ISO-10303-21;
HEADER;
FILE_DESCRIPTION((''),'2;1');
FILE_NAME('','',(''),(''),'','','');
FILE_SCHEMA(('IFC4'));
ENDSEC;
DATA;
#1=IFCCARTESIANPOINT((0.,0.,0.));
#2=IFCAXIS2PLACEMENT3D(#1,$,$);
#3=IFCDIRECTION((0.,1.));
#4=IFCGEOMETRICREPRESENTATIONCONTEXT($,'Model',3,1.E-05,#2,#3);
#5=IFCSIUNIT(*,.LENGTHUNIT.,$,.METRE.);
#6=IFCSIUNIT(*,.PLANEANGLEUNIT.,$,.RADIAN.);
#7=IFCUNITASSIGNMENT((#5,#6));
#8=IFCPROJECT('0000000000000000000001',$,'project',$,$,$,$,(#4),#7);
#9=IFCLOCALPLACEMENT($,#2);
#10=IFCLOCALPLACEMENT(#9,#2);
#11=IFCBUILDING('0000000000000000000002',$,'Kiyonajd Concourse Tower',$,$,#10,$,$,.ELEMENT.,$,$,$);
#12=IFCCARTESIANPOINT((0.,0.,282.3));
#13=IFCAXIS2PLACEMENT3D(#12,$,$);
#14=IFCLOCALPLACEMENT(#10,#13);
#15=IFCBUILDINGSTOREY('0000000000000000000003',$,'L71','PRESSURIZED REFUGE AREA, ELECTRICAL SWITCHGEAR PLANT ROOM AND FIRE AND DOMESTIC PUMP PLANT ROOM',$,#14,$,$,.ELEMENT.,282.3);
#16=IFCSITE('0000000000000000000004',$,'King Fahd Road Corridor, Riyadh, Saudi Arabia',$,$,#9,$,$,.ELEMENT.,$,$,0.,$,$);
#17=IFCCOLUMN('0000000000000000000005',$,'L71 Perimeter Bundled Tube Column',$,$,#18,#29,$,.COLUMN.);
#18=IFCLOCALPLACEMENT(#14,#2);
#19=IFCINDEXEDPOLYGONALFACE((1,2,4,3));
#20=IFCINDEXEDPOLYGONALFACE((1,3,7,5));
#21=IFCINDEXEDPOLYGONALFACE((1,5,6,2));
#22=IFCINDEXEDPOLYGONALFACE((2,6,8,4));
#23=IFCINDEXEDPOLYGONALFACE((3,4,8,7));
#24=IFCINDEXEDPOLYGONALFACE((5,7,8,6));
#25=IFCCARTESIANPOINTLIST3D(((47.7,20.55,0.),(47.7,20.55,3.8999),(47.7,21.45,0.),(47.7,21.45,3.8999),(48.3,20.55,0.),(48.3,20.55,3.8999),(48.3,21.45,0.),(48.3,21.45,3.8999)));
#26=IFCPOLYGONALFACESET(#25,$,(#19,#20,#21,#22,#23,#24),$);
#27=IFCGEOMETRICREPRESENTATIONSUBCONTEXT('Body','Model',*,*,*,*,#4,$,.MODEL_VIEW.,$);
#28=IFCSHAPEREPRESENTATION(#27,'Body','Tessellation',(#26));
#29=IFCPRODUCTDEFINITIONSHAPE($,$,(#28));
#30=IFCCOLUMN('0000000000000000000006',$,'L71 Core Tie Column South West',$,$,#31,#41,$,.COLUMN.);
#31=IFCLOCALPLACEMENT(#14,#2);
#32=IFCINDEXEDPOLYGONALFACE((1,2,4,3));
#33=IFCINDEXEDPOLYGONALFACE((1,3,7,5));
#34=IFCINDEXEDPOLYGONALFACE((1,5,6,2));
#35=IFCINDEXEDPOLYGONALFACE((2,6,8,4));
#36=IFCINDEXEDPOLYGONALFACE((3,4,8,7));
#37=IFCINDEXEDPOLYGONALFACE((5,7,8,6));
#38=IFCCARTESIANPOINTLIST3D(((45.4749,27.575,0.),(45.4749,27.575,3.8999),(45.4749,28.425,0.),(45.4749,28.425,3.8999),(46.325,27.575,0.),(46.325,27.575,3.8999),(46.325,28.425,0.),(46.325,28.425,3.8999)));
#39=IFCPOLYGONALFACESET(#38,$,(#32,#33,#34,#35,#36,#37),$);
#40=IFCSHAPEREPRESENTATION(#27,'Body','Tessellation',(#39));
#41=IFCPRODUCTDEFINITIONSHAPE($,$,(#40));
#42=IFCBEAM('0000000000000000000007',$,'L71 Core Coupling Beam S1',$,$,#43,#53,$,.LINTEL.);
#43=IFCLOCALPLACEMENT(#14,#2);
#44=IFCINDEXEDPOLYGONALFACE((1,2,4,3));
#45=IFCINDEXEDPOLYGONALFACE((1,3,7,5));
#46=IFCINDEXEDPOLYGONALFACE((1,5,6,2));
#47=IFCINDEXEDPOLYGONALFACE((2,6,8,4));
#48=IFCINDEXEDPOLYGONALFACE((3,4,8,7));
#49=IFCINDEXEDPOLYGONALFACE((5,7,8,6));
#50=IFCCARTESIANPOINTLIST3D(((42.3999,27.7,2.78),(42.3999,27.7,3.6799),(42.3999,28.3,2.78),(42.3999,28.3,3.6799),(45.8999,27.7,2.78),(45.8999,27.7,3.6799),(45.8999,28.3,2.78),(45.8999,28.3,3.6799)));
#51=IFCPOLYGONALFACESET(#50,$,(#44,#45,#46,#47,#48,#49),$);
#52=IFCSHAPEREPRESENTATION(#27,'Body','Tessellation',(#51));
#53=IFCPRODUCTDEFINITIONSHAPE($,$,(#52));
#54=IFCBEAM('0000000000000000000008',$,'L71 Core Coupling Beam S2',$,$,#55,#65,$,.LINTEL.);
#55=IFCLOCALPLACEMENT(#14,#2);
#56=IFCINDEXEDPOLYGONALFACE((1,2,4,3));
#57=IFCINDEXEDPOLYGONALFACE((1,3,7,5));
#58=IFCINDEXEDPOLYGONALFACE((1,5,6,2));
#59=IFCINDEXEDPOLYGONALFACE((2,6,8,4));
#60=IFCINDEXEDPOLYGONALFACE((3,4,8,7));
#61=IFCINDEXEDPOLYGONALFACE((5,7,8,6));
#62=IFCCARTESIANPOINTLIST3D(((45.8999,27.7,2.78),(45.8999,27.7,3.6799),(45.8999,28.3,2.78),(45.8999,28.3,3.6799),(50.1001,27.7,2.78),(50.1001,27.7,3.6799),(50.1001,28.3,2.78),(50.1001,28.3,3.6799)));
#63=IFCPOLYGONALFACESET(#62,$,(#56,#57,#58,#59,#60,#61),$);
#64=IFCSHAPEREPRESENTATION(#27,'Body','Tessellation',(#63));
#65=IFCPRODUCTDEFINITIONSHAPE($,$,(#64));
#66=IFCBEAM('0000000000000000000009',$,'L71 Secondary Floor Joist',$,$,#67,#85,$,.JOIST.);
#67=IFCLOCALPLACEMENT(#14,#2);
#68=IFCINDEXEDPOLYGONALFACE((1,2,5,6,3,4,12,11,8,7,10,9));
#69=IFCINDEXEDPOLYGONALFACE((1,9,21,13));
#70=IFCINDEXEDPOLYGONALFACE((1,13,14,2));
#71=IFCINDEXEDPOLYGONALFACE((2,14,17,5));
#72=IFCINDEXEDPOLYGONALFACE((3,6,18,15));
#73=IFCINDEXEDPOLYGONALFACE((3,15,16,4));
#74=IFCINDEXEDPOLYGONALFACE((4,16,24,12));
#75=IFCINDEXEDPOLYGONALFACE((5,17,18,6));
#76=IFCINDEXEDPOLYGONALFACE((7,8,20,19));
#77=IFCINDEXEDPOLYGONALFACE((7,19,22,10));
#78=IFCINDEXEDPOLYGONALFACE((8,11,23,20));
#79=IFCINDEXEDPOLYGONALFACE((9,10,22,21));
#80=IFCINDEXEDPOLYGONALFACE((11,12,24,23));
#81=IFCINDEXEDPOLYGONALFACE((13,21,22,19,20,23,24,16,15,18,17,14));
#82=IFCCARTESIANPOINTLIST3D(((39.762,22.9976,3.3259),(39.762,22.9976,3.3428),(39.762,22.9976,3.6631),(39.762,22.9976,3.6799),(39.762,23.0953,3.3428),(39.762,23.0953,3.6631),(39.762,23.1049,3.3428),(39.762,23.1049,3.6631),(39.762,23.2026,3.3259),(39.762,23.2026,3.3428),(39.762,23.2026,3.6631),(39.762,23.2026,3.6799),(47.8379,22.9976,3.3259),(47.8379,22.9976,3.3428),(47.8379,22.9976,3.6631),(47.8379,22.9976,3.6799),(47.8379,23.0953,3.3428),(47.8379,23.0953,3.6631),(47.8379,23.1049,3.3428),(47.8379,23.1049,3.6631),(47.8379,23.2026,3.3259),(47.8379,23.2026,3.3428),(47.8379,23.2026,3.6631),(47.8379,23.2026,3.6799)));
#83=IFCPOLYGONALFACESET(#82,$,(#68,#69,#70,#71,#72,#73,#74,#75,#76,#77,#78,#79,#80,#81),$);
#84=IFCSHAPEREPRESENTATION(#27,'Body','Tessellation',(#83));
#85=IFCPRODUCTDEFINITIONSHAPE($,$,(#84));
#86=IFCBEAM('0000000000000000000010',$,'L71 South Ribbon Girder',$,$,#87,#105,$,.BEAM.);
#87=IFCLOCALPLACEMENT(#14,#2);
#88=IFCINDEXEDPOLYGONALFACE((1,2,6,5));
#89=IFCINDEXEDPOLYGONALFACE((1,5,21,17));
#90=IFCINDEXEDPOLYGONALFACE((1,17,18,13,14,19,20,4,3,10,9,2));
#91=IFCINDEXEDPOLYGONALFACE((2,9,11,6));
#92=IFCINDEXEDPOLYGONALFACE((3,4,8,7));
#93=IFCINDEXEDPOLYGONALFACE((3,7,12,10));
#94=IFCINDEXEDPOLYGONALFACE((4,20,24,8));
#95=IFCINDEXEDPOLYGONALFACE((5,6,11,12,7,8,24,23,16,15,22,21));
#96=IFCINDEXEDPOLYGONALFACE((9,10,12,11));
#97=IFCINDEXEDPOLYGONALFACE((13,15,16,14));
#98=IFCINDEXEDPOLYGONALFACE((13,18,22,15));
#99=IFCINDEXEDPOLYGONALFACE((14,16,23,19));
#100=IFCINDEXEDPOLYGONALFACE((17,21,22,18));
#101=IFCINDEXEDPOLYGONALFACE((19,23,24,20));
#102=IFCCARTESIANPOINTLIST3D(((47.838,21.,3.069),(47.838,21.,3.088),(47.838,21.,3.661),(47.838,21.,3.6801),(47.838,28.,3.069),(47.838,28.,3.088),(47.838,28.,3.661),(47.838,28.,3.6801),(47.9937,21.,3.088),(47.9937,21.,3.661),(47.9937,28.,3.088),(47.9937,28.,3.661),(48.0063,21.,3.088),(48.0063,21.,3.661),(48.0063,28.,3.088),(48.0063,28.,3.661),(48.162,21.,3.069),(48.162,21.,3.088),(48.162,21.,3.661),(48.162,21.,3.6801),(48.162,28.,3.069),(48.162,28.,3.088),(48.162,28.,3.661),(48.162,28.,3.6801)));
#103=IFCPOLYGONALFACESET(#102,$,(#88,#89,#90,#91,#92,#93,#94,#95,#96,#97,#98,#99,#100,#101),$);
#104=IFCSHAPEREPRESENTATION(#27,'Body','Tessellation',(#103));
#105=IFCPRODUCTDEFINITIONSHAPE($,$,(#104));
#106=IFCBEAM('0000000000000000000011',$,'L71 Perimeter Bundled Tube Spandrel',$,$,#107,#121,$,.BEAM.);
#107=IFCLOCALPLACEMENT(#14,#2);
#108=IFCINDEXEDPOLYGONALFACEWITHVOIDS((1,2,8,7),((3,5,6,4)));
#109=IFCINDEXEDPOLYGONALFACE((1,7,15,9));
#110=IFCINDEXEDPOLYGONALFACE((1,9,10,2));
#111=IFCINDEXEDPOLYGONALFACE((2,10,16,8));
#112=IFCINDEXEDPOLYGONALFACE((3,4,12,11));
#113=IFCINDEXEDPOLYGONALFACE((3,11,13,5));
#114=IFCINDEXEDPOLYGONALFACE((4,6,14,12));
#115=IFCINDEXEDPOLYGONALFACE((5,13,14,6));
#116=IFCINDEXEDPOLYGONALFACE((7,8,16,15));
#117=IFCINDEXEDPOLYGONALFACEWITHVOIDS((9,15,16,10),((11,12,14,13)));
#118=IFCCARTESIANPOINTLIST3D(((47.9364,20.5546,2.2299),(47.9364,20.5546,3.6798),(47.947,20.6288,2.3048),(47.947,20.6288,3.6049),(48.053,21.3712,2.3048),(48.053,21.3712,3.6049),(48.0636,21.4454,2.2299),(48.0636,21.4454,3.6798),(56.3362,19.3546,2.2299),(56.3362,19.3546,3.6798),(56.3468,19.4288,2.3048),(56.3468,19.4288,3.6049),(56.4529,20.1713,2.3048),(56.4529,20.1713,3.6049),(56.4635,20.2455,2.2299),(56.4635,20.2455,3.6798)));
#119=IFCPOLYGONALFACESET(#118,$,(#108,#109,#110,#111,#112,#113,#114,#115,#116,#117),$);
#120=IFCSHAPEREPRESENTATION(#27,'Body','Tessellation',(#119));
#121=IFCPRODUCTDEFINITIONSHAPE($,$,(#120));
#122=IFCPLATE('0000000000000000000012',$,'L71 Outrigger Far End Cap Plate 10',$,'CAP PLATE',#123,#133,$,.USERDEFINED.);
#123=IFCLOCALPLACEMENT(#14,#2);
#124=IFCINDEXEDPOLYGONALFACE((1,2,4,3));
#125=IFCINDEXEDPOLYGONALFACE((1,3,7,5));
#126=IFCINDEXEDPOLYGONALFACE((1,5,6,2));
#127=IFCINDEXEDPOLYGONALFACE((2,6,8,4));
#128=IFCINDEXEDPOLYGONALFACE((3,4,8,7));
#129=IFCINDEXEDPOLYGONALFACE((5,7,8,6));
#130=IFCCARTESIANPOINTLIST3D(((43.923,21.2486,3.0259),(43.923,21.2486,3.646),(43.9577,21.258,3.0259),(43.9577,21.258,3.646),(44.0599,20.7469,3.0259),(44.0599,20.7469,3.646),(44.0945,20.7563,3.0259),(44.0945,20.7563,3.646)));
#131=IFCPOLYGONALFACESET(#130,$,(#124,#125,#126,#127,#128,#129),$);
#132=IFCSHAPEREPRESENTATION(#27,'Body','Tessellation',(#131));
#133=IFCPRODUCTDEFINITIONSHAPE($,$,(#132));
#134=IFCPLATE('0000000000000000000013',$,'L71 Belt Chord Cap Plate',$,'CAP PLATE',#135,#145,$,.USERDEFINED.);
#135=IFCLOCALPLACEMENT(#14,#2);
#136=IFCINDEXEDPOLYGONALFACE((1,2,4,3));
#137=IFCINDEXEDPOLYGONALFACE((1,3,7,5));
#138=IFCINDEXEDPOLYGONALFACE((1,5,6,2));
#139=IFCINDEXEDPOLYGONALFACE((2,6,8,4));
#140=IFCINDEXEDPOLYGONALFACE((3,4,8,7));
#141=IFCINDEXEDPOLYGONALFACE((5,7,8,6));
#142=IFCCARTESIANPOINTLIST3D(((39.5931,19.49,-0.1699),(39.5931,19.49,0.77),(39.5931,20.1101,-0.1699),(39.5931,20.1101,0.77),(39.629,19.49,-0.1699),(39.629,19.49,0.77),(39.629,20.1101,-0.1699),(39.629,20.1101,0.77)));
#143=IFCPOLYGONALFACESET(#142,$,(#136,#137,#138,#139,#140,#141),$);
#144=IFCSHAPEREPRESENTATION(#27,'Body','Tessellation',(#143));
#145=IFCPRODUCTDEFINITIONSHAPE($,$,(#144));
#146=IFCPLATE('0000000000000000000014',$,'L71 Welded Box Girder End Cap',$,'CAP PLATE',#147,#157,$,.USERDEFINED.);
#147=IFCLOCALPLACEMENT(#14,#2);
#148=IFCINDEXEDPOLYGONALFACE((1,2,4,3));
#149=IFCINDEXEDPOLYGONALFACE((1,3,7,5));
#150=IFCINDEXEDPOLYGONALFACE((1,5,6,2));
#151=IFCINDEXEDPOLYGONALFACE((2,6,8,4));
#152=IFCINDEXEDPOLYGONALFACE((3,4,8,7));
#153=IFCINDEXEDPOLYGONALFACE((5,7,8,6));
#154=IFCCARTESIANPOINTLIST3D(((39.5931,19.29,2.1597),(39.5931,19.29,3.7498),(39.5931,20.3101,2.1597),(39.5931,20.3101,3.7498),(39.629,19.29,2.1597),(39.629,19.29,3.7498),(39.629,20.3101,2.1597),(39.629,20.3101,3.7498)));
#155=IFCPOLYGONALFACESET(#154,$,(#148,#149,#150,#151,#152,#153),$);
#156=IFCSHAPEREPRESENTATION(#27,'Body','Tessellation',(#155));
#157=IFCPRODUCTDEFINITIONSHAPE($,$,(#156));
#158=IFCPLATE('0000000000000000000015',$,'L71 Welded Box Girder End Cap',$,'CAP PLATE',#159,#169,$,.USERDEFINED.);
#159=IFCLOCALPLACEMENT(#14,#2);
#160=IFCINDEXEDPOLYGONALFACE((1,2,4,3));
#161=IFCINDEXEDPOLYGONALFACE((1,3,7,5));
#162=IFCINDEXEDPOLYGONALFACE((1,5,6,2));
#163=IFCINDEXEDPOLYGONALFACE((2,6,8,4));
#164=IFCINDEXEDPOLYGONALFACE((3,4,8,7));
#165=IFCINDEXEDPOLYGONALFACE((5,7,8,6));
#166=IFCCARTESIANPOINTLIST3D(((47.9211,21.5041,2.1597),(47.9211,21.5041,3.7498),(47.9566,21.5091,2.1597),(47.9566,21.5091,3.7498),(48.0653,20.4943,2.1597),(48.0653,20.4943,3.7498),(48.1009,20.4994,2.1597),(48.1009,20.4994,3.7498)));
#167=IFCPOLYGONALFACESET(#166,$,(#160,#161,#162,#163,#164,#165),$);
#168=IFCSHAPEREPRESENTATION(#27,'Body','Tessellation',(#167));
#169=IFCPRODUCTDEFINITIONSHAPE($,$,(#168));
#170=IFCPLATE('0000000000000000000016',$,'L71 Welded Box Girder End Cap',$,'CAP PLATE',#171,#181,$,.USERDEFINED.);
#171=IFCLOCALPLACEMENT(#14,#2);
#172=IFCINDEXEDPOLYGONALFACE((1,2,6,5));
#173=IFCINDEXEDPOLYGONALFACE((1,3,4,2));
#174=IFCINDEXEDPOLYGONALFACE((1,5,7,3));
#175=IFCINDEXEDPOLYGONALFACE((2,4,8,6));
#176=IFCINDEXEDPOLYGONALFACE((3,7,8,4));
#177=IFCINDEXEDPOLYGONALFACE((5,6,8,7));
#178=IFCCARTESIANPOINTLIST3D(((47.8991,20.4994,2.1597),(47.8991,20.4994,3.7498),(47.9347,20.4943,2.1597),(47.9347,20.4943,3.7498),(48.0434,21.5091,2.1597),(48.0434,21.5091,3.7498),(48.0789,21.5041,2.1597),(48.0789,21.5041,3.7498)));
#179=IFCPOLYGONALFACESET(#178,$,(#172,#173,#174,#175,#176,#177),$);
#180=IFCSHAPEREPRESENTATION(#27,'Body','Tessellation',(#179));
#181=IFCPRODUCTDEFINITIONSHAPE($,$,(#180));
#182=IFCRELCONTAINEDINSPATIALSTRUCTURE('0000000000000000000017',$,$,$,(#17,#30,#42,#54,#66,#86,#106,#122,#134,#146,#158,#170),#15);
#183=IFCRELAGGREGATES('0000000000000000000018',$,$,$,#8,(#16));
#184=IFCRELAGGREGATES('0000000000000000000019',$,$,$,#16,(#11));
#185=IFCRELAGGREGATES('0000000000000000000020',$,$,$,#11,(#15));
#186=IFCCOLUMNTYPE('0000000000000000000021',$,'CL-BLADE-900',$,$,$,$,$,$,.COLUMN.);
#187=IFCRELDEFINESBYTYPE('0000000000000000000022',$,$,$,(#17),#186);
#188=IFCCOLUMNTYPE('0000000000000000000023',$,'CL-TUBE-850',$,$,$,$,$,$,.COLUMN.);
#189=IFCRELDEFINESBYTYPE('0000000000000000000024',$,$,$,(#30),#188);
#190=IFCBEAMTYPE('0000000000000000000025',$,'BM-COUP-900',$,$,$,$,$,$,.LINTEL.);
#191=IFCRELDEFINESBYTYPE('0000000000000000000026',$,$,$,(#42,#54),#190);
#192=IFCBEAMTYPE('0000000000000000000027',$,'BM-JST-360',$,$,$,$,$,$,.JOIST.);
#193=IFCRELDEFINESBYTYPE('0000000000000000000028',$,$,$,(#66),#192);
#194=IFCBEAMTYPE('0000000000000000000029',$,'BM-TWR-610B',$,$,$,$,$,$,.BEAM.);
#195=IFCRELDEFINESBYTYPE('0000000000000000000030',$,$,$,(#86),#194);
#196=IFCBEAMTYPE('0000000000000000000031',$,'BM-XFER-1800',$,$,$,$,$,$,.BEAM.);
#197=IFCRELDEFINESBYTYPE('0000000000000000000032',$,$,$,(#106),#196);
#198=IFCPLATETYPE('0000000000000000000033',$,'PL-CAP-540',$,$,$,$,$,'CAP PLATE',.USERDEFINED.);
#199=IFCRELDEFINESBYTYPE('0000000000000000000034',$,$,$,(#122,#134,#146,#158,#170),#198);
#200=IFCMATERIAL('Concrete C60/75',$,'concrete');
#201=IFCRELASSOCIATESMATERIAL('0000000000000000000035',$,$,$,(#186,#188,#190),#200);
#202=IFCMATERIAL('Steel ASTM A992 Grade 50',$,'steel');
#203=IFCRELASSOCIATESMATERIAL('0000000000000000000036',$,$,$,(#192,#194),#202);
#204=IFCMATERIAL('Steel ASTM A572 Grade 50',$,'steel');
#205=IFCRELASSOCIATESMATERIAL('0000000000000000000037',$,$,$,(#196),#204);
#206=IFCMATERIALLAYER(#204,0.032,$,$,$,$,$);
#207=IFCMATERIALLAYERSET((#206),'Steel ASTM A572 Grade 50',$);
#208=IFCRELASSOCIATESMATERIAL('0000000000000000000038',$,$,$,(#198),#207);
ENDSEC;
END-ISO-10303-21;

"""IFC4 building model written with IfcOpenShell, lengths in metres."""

from ifc_helpers import new_model, si_unit, direction, frame, origin, origin_2d, place, context, subcontext, project, spatial, rectangle, hollow_rectangle, i_section, extrude, material, layer, layer_set, material_profile, profile_set, type_object, element, save


model = new_model("IFC4")

# Units and contexts
model_context = context("Model", 3, precision=1e-05, world=origin(), true_north=direction((0.0, 1.0)))
body_context = subcontext(model_context, "Body", "Model", "MODEL_VIEW")
ifc_project = project(units=[si_unit("LENGTHUNIT", "METRE"), si_unit("PLANEANGLEUNIT", "RADIAN")], contexts=[model_context])

# Site, building, storey
site_placement = place(None, origin())
site = spatial("IfcSite", under=ifc_project, at=site_placement, Name="King Fahd Road Corridor, Riyadh, Saudi Arabia", CompositionType="ELEMENT", RefElevation=0.0)
building_placement = place(site_placement, origin())
building = spatial("IfcBuilding", under=site, at=building_placement, Name="Kiyonajd Concourse Tower", CompositionType="ELEMENT")
storey_placement = place(building_placement, frame((0.0, 0.0, 282.3)))
storey = spatial("IfcBuildingStorey", under=building, at=storey_placement, Name="L71", Description="PRESSURIZED REFUGE AREA, ELECTRICAL SWITCHGEAR PLANT ROOM AND FIRE AND DOMESTIC PUMP PLANT ROOM", CompositionType="ELEMENT", Elevation=282.3)

# Columns
ifc_material_1 = material(Name="Concrete C60/75", Category="concrete")
ifc_material_profile_1 = material_profile(ifc_material_1, rectangle(XDim=0.6001, YDim=0.8999, at=origin_2d()), Name="RC-900x600")
ifc_profile_set_1 = profile_set([ifc_material_profile_1], Name="Concrete C60/75")
column_type_1 = type_object("IfcColumnType", Name="CL-BLADE-900", PredefinedType="COLUMN", material=ifc_profile_set_1)
column_1_placement = place(storey_placement, frame((48.0, 21.0, 0.0), z_axis=(0.0, 0.0, 1.0), x_axis=(1.0, 0.0, 0.0)))
element("IfcColumn", 1, at=column_1_placement, inside=storey, type_object=column_type_1, Name="L71 Perimeter Bundled Tube Column", PredefinedType="COLUMN", context=body_context, shape_type="SweptSolid", body=[
    extrude(rectangle(XDim=0.6001, YDim=0.8999, at=origin_2d()), origin(), (0.0, 0.0, 1.0), 3.8999),
])
ifc_material_profile_2 = material_profile(ifc_material_1, rectangle(XDim=0.8501, YDim=0.8501, at=origin_2d()), Name="RC-850x850")
ifc_profile_set_2 = profile_set([ifc_material_profile_2], Name="Concrete C60/75")
column_type_2 = type_object("IfcColumnType", Name="CL-TUBE-850", PredefinedType="COLUMN", material=ifc_profile_set_2)
column_2_placement = place(storey_placement, frame((45.8999, 28.0, 0.0), z_axis=(0.0, 0.0, 1.0), x_axis=(1.0, 0.0, 0.0)))
element("IfcColumn", 2, at=column_2_placement, inside=storey, type_object=column_type_2, Name="L71 Core Tie Column South West", PredefinedType="COLUMN", context=body_context, shape_type="SweptSolid", body=[
    extrude(rectangle(XDim=0.8501, YDim=0.8501, at=origin_2d()), origin(), (0.0, 0.0, 1.0), 3.8999),
])

# Beams
ifc_material_profile_3 = material_profile(ifc_material_1, rectangle(XDim=0.6001, YDim=0.8999, at=origin_2d()), Name="RCBM-600x900")
ifc_profile_set_3 = profile_set([ifc_material_profile_3], Name="Concrete C60/75")
beam_type_1 = type_object("IfcBeamType", Name="BM-COUP-900", PredefinedType="LINTEL", material=ifc_profile_set_3)
beam_1_placement = place(storey_placement, frame((42.3999, 28.0, 3.23), z_axis=(1.0, 0.0, 0.0), x_axis=(0.0, 1.0, 0.0)))
element("IfcBeam", 3, at=beam_1_placement, inside=storey, type_object=beam_type_1, Name="L71 Core Coupling Beam S1", PredefinedType="LINTEL", context=body_context, shape_type="SweptSolid", body=[
    extrude(rectangle(XDim=0.6001, YDim=0.8999, at=origin_2d()), origin(), (0.0, 0.0, 1.0), 3.5),
])
beam_2_placement = place(storey_placement, frame((45.8999, 28.0, 3.23), z_axis=(1.0, 0.0, 0.0), x_axis=(0.0, 1.0, 0.0)))
element("IfcBeam", 4, at=beam_2_placement, inside=storey, type_object=beam_type_1, Name="L71 Core Coupling Beam S2", PredefinedType="LINTEL", context=body_context, shape_type="SweptSolid", body=[
    extrude(rectangle(XDim=0.6001, YDim=0.8999, at=origin_2d()), origin(), (0.0, 0.0, 1.0), 4.2002),
])
ifc_material_2 = material(Name="Steel ASTM A992 Grade 50", Category="steel")
ifc_material_profile_4 = material_profile(ifc_material_2, i_section(OverallWidth=0.2051, OverallDepth=0.354, WebThickness=0.0095, FlangeThickness=0.0168, at=origin_2d()), Name="W360X79")
ifc_profile_set_4 = profile_set([ifc_material_profile_4], Name="Steel ASTM A992 Grade 50")
beam_type_2 = type_object("IfcBeamType", Name="BM-JST-360", PredefinedType="JOIST", material=ifc_profile_set_4)
beam_3_placement = place(storey_placement, frame((39.762, 23.1001, 3.5029), z_axis=(1.0, 0.0, 0.0), x_axis=(0.0, 1.0, 0.0)))
element("IfcBeam", 5, at=beam_3_placement, inside=storey, type_object=beam_type_2, Name="L71 Secondary Floor Joist", PredefinedType="JOIST", context=body_context, shape_type="SweptSolid", body=[
    extrude(i_section(OverallWidth=0.2051, OverallDepth=0.354, WebThickness=0.0095, FlangeThickness=0.0168, at=origin_2d()), origin(), (0.0, 0.0, 1.0), 8.0759),
])
ifc_material_profile_5 = material_profile(ifc_material_2, i_section(OverallWidth=0.324, OverallDepth=0.6111, WebThickness=0.0127, FlangeThickness=0.019, at=origin_2d()), Name="W610X155")
ifc_profile_set_5 = profile_set([ifc_material_profile_5], Name="Steel ASTM A992 Grade 50")
beam_type_3 = type_object("IfcBeamType", Name="BM-TWR-610B", PredefinedType="BEAM", material=ifc_profile_set_5)
beam_4_placement = place(storey_placement, frame((48.0, 21.0, 3.3745), z_axis=(0.0, 1.0, 0.0), x_axis=(-1.0, 0.0, 0.0)))
element("IfcBeam", 6, at=beam_4_placement, inside=storey, type_object=beam_type_3, Name="L71 South Ribbon Girder", PredefinedType="BEAM", context=body_context, shape_type="SweptSolid", body=[
    extrude(i_section(OverallWidth=0.324, OverallDepth=0.6111, WebThickness=0.0127, FlangeThickness=0.019, at=origin_2d()), origin(), (0.0, 0.0, 1.0), 7.0),
])
ifc_material_3 = material(Name="Steel ASTM A572 Grade 50", Category="steel")
ifc_material_profile_6 = material_profile(ifc_material_3, hollow_rectangle(XDim=0.8999, YDim=1.45, WallThickness=0.075, at=origin_2d()), Name="BOX-1450x900x75")
ifc_profile_set_6 = profile_set([ifc_material_profile_6], Name="Steel ASTM A572 Grade 50")
beam_type_4 = type_object("IfcBeamType", Name="BM-XFER-1800", PredefinedType="BEAM", material=ifc_profile_set_6)
beam_5_placement = place(storey_placement, frame((48.0, 21.0, 2.9548), z_axis=(0.98995, -0.141417, 0.0), x_axis=(0.141417, 0.98995, 0.0)))
element("IfcBeam", 7, at=beam_5_placement, inside=storey, type_object=beam_type_4, Name="L71 Perimeter Bundled Tube Spandrel", PredefinedType="BEAM", context=body_context, shape_type="SweptSolid", body=[
    extrude(hollow_rectangle(XDim=0.8999, YDim=1.45, WallThickness=0.075, at=origin_2d()), origin(), (0.0, 0.0, 1.0), 8.4851),
])

# Plates
ifc_layer_1 = layer(ifc_material_3, 0.032)
ifc_layer_set_1 = layer_set([ifc_layer_1], Name="Steel ASTM A572 Grade 50")
plate_type = type_object("IfcPlateType", Name="PL-CAP-540", ElementType="CAP PLATE", PredefinedType="USERDEFINED", material=ifc_layer_set_1)
plate_1_placement = place(storey_placement, frame((44.0088, 21.0024, 3.0259), z_axis=(0.0, 0.0, 1.0), x_axis=(0.964741, 0.2632, 0.0)))
element("IfcPlate", 8, at=plate_1_placement, inside=storey, type_object=plate_type, Name="L71 Outrigger Far End Cap Plate 10", ObjectType="CAP PLATE", PredefinedType="USERDEFINED", context=body_context, shape_type="SweptSolid", body=[
    extrude(rectangle(XDim=0.0359, YDim=0.52, at=origin_2d()), origin(), (0.0, 0.0, 1.0), 0.6201),
])
plate_2_placement = place(storey_placement, frame((39.6111, 19.8, -0.1699), z_axis=(0.0, 0.0, 1.0), x_axis=(1.0, 0.0, 0.0)))
element("IfcPlate", 9, at=plate_2_placement, inside=storey, type_object=plate_type, Name="L71 Belt Chord Cap Plate", ObjectType="CAP PLATE", PredefinedType="USERDEFINED", context=body_context, shape_type="SweptSolid", body=[
    extrude(rectangle(XDim=0.0359, YDim=0.6201, at=origin_2d()), origin(), (0.0, 0.0, 1.0), 0.9399),
])
for number, where, z_axis, x_axis, name in (
    (10, (39.6111, 19.8, 2.1597), (0.0, 0.0, 1.0), (1.0, 0.0, 0.0), "L71 Welded Box Girder End Cap"),
    (11, (48.011, 21.0017, 2.1597), (0.0, 0.0, 1.0), (0.98995, 0.14142, 0.0), "L71 Welded Box Girder End Cap"),
    (12, (47.989, 21.0017, 2.1597), (0.0, 0.0, 1.0), (-0.98995, 0.14142, 0.0), "L71 Welded Box Girder End Cap"),
):
    element("IfcPlate", number, at=place(storey_placement, frame(where, z_axis=z_axis, x_axis=x_axis)), inside=storey, type_object=plate_type, Name=name, ObjectType="CAP PLATE", PredefinedType="USERDEFINED", context=body_context, shape_type="SweptSolid", body=[
        extrude(rectangle(XDim=0.0359, YDim=1.02, at=origin_2d()), origin(), (0.0, 0.0, 1.0), 1.5901),
    ])

save(model, "model.ifc")
